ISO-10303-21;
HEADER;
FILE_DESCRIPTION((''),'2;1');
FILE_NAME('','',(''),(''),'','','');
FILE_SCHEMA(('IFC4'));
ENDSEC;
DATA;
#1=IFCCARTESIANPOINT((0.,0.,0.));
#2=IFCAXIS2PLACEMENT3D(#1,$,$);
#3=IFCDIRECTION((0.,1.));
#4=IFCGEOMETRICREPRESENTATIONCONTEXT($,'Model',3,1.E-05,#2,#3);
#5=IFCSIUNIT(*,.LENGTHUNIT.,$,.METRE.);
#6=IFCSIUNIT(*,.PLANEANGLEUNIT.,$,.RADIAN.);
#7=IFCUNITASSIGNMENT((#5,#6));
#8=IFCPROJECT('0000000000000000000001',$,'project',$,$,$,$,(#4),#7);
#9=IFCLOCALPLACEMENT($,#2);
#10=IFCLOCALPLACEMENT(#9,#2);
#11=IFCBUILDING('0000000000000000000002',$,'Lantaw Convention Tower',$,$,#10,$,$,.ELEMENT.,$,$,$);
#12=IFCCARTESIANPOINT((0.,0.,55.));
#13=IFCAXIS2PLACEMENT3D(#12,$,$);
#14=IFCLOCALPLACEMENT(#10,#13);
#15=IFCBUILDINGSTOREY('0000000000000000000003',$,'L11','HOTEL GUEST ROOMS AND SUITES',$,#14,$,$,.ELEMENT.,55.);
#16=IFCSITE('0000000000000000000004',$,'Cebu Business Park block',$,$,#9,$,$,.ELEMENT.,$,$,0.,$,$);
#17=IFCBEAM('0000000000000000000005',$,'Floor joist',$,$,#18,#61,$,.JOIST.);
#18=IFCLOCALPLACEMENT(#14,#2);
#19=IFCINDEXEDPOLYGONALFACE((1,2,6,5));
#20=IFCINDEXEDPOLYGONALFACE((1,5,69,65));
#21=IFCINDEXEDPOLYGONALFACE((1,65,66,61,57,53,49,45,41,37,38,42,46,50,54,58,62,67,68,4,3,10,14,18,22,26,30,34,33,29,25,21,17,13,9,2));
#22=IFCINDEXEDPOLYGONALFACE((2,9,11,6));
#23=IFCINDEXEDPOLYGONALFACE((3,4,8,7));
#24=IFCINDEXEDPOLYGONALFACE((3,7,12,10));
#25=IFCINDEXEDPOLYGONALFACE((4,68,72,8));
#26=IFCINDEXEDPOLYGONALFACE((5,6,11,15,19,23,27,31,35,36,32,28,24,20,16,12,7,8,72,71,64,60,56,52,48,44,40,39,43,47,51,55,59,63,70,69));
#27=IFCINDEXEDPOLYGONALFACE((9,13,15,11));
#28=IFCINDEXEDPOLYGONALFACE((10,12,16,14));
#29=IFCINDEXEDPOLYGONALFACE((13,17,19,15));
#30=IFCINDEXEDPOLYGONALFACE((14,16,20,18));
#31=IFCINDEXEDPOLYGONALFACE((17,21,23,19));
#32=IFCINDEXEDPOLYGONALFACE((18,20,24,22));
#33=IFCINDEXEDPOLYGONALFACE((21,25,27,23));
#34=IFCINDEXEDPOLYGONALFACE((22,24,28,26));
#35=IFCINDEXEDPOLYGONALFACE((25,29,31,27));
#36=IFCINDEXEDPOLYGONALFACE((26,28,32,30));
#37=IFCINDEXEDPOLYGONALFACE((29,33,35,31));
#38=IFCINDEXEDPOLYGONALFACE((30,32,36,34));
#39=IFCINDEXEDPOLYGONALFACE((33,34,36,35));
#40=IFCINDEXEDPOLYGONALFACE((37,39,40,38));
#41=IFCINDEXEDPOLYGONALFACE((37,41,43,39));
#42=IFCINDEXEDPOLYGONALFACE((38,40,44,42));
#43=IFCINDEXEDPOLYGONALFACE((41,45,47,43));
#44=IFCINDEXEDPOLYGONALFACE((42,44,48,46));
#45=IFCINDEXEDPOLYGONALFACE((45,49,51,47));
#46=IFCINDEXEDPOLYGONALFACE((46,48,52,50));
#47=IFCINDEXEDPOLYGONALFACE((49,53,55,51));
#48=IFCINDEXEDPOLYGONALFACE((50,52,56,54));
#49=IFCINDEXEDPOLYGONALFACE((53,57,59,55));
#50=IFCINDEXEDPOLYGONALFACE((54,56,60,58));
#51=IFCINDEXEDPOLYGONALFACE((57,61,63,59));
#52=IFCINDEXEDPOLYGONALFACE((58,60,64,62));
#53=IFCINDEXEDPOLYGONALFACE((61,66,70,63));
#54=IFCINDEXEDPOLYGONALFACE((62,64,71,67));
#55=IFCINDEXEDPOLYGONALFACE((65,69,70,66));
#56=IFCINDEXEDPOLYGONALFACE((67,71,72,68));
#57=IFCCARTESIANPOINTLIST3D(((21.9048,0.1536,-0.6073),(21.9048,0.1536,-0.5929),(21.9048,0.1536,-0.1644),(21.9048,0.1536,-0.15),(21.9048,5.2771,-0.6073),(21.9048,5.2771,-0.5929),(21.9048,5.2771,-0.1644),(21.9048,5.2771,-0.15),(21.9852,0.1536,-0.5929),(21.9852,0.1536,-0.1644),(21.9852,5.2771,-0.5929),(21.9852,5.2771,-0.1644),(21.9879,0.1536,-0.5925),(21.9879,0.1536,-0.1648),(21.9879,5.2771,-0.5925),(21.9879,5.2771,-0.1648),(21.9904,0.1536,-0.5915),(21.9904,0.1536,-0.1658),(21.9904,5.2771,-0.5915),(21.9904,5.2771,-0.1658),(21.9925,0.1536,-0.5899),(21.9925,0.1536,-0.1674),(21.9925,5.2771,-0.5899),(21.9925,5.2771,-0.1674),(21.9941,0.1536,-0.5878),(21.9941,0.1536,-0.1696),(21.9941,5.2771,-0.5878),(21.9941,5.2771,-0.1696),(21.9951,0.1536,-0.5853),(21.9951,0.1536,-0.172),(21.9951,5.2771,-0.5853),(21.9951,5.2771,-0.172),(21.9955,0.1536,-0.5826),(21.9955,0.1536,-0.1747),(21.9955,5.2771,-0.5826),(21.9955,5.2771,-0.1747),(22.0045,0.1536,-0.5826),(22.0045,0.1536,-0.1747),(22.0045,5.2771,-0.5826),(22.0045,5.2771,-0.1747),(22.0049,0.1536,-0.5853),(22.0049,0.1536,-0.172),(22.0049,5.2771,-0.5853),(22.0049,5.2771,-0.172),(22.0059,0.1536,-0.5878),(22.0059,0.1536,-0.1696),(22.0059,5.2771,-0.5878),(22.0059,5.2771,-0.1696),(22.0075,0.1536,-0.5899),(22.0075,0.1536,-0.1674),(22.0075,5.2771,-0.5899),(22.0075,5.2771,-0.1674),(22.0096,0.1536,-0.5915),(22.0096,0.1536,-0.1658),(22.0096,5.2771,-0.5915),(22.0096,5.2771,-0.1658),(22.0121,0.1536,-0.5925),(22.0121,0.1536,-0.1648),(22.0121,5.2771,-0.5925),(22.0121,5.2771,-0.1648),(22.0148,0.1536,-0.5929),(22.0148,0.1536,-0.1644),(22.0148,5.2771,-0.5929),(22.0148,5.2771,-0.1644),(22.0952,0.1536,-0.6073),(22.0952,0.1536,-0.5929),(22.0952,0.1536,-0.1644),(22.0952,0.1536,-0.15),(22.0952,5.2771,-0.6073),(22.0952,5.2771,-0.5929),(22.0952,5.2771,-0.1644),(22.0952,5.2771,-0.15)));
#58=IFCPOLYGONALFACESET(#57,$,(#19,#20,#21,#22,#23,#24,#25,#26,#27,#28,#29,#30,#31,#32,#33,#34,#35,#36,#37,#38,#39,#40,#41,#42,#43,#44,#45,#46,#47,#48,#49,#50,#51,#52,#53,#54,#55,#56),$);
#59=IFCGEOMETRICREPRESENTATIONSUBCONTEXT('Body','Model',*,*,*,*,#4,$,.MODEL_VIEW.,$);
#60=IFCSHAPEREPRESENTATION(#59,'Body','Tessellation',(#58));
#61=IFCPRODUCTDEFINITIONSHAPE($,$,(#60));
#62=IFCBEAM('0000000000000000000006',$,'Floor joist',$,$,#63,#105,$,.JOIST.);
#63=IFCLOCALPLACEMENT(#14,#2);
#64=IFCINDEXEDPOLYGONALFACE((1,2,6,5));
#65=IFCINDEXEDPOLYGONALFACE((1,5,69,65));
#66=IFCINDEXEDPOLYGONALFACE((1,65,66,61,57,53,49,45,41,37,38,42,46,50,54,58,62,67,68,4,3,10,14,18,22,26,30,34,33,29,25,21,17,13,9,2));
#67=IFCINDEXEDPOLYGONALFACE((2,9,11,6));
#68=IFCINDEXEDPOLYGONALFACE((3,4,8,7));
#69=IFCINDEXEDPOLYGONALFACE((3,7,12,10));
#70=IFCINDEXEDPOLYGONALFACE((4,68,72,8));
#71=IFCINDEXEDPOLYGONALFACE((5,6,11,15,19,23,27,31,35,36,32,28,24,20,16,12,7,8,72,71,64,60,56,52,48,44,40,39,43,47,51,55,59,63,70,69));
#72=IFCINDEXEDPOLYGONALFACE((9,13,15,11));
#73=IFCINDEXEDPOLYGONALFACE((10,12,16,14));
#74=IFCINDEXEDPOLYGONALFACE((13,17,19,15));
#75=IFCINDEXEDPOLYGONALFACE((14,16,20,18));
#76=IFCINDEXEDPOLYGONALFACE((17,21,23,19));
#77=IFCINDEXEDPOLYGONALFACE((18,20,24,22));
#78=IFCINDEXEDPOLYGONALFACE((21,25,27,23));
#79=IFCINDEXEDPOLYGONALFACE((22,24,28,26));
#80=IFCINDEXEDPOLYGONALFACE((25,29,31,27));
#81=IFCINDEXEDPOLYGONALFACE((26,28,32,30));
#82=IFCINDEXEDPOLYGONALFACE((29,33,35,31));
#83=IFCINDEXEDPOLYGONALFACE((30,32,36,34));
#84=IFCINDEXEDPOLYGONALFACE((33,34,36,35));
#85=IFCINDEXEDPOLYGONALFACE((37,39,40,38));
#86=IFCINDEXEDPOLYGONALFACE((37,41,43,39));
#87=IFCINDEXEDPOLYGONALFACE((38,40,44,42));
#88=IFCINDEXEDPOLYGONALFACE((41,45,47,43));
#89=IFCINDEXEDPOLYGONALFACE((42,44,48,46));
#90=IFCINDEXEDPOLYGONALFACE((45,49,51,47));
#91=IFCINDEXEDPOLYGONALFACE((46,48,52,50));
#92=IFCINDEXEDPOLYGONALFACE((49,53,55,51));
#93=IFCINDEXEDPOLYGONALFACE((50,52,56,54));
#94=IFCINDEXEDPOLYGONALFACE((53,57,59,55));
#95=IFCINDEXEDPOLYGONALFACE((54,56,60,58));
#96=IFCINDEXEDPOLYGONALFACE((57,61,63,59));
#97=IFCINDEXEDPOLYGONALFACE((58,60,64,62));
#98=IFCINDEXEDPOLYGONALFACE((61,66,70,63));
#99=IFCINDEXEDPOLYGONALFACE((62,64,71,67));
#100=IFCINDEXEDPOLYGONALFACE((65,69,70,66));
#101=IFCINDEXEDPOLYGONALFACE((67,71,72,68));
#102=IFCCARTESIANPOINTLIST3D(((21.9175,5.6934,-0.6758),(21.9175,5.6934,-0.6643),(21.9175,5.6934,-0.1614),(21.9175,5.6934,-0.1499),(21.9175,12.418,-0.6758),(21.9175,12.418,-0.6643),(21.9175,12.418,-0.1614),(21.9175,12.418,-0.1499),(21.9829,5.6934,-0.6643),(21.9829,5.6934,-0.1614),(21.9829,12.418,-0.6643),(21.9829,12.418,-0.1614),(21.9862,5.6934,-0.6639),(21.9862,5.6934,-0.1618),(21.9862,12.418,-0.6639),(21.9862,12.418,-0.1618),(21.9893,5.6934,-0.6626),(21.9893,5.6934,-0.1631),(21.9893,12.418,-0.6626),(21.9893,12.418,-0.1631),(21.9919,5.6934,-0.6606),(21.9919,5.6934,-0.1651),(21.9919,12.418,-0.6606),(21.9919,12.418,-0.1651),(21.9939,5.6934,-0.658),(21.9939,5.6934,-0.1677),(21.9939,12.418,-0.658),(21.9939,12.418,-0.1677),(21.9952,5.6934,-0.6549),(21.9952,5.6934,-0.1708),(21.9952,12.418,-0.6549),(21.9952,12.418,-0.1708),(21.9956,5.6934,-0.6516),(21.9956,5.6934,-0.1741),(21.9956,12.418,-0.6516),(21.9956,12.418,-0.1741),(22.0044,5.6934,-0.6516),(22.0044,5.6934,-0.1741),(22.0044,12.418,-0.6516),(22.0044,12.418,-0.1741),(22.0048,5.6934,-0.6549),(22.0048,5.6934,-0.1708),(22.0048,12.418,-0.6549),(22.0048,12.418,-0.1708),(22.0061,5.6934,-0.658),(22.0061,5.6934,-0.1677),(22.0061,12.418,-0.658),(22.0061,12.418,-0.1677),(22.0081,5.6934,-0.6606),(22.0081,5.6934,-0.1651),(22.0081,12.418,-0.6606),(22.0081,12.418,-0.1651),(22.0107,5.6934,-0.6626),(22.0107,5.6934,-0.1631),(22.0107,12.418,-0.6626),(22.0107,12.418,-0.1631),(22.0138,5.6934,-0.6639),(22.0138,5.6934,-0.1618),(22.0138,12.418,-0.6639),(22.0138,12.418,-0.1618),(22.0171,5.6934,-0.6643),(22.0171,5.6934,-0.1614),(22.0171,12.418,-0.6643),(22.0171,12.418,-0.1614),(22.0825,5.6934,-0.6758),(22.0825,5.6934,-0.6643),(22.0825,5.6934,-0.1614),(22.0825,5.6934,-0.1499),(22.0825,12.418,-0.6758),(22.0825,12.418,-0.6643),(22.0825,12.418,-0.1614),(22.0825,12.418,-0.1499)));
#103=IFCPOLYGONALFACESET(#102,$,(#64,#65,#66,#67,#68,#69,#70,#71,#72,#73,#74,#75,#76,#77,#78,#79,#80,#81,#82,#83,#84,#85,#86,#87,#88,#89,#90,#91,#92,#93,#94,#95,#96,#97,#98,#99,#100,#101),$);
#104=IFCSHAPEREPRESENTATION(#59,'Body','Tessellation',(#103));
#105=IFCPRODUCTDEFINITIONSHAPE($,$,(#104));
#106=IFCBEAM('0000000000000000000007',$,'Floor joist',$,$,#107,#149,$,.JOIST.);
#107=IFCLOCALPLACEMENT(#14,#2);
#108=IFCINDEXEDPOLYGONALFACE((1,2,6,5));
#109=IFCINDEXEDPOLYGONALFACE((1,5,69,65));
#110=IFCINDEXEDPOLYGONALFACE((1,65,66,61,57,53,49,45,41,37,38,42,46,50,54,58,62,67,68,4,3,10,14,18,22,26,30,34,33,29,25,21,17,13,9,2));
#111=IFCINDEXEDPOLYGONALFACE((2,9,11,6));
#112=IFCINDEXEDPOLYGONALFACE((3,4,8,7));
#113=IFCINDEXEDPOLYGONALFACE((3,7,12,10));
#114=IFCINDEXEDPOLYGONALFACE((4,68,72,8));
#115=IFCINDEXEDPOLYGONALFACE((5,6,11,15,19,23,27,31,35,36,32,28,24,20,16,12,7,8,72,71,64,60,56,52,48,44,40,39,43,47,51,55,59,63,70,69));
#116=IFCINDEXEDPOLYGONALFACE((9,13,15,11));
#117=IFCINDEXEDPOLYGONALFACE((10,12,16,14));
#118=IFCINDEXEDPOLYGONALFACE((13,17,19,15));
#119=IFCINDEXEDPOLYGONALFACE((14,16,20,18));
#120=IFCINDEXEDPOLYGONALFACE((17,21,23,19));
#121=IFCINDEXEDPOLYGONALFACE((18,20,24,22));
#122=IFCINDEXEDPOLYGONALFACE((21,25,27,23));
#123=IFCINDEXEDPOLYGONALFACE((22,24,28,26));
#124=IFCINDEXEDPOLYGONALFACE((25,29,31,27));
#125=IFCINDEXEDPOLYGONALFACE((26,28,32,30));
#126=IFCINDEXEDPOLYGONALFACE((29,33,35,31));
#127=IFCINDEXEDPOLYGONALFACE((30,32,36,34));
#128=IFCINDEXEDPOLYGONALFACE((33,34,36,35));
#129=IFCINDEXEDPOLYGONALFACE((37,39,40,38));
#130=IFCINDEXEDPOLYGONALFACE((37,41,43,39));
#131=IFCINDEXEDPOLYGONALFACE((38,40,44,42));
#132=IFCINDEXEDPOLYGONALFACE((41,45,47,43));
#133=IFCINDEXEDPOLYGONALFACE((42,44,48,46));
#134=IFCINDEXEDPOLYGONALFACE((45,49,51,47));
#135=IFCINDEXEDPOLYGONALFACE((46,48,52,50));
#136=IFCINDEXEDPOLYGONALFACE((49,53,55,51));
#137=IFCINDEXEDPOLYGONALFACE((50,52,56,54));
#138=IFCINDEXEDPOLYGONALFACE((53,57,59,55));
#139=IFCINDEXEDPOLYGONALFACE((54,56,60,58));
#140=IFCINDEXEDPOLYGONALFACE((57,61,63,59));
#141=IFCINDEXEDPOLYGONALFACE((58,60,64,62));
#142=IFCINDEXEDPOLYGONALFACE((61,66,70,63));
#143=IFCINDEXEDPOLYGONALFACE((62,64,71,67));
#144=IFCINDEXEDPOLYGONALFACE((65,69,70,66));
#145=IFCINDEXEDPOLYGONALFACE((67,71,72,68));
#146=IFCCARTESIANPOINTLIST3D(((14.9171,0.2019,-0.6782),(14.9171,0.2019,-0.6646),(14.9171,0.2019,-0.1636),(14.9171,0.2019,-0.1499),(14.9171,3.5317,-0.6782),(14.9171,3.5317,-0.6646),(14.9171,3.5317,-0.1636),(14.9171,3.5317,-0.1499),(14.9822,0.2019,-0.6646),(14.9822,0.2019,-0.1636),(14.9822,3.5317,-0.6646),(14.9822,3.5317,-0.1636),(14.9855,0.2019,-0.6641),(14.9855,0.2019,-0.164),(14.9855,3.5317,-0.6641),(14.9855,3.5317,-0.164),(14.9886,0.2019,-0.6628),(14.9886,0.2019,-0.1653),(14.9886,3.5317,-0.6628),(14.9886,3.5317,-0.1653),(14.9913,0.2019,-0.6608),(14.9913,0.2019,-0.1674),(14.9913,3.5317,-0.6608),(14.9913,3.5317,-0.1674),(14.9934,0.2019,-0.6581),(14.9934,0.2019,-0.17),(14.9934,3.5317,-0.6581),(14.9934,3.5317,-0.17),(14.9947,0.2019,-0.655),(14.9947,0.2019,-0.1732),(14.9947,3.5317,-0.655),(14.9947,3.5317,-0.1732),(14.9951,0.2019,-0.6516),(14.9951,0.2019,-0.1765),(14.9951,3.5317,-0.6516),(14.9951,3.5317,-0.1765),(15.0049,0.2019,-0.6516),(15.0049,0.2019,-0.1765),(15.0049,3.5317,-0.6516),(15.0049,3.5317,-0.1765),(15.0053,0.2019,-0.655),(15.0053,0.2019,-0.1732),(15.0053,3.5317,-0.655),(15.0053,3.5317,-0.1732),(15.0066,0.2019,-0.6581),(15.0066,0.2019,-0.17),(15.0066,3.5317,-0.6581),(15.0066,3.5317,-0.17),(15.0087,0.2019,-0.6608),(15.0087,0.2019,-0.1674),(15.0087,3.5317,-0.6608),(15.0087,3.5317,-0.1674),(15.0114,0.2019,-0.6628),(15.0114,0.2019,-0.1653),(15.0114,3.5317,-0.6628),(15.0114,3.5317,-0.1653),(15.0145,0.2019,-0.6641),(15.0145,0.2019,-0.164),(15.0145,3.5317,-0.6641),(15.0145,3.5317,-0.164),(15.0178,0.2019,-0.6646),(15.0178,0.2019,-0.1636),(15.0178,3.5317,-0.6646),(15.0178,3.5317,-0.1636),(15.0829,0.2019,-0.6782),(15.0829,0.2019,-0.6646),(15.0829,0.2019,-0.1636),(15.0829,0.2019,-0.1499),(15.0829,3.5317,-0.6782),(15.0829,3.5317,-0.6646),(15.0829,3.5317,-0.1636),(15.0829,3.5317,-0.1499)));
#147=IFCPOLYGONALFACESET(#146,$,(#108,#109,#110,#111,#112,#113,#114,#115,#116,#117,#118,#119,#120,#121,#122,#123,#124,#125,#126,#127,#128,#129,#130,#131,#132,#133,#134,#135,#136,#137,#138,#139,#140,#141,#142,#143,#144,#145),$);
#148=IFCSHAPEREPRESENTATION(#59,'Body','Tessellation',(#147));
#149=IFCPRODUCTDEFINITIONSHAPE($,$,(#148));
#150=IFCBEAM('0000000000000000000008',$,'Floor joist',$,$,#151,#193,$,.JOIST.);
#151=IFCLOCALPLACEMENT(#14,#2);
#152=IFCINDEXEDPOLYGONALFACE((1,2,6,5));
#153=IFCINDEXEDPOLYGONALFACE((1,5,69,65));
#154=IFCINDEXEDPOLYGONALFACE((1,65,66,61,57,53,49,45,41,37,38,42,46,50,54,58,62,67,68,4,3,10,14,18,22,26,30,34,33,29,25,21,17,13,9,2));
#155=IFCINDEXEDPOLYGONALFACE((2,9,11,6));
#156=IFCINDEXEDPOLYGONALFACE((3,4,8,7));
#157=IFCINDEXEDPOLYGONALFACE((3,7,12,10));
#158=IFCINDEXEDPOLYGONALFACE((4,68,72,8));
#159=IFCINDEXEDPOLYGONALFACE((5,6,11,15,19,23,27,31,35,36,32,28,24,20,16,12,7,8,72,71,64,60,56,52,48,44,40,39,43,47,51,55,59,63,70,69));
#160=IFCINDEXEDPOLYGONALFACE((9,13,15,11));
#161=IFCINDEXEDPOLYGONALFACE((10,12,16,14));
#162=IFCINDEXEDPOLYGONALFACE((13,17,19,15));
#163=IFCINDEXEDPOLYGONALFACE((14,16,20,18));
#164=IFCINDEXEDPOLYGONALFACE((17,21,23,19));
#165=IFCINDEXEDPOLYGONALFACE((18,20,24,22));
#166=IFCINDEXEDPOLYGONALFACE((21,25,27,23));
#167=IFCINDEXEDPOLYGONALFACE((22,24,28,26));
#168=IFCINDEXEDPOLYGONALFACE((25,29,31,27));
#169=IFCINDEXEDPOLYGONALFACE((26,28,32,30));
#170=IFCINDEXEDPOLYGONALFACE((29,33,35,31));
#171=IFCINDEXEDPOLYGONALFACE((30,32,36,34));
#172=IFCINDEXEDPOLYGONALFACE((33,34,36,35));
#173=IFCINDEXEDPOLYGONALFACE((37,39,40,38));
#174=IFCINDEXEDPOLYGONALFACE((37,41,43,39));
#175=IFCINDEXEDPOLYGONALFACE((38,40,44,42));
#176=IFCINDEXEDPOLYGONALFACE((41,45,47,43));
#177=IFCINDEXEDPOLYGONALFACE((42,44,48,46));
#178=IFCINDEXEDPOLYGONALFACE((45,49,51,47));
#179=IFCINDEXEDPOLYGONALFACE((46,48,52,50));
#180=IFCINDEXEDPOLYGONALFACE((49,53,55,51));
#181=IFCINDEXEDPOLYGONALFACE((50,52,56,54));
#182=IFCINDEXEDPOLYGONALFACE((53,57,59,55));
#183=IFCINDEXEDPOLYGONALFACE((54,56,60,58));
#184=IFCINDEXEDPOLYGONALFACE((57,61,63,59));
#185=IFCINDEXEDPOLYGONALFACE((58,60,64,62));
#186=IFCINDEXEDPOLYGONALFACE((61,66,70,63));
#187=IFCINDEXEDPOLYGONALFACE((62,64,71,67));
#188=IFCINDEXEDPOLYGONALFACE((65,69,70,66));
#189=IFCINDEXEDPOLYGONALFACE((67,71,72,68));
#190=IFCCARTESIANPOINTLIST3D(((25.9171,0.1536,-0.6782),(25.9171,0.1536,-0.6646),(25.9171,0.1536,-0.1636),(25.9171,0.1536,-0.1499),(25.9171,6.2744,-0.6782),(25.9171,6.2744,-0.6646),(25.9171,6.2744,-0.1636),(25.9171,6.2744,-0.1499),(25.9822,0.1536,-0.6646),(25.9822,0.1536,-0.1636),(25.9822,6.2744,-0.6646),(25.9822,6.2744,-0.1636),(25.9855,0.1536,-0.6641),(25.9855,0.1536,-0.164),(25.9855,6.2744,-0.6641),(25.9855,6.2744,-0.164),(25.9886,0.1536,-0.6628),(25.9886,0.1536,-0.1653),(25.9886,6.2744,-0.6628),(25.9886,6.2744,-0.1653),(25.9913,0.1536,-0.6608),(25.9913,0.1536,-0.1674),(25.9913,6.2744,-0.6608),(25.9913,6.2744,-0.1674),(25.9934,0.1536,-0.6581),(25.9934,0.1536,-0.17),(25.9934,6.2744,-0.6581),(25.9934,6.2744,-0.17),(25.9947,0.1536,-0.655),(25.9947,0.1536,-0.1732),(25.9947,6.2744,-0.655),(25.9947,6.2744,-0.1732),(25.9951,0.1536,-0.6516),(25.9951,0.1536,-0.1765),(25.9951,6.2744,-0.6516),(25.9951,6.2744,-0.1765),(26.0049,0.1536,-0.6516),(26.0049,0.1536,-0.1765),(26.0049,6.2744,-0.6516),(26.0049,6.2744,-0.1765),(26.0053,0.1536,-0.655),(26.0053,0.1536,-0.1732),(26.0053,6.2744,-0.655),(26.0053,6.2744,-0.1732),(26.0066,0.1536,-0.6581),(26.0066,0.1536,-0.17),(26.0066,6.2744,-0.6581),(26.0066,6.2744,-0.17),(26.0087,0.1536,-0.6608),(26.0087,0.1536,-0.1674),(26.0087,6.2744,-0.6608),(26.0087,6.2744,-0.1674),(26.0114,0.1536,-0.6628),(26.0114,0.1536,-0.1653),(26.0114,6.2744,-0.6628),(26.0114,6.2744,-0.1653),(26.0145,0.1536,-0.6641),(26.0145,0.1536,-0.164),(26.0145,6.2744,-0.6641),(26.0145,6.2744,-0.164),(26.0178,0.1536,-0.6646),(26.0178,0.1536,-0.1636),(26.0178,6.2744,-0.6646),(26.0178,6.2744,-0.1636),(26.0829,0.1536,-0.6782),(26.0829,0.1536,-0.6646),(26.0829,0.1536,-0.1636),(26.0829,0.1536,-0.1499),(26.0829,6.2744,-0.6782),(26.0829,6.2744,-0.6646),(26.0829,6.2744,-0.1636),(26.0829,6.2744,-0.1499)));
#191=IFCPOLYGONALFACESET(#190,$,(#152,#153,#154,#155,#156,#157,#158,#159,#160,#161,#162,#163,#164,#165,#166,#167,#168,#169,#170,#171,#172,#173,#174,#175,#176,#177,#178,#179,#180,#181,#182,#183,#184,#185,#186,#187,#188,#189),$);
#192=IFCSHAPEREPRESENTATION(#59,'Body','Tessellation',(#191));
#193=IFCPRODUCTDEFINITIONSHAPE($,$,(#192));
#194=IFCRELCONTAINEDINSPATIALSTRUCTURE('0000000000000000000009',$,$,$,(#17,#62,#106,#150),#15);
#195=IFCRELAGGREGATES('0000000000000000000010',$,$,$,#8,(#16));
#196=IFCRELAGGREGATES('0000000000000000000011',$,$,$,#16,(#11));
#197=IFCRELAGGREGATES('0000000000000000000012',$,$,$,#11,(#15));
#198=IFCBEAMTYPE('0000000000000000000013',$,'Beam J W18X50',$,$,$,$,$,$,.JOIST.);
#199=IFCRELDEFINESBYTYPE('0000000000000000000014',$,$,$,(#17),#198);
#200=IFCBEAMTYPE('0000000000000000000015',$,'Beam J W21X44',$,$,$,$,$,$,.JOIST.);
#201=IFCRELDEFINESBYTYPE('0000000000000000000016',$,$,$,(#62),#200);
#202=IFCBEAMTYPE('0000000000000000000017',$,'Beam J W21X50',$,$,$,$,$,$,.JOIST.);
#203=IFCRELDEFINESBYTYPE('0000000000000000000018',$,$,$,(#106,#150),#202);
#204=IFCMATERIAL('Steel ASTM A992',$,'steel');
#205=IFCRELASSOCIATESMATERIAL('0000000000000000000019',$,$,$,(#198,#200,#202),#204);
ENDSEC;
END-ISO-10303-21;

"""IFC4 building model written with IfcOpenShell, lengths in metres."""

from ifc_helpers import new_model, si_unit, direction, frame, origin, origin_2d, place, context, subcontext, project, spatial, i_section, extrude, material, material_profile, profile_set, type_object, element, save


model = new_model("IFC4")

# Units and contexts
model_context = context("Model", 3, precision=1e-05, world=origin(), true_north=direction((0.0, 1.0)))
body_context = subcontext(model_context, "Body", "Model", "MODEL_VIEW")
ifc_project = project(units=[si_unit("LENGTHUNIT", "METRE"), si_unit("PLANEANGLEUNIT", "RADIAN")], contexts=[model_context])

# Site, building, storey
site_placement = place(None, origin())
site = spatial("IfcSite", under=ifc_project, at=site_placement, Name="Cebu Business Park block", CompositionType="ELEMENT", RefElevation=0.0)
building_placement = place(site_placement, origin())
building = spatial("IfcBuilding", under=site, at=building_placement, Name="Lantaw Convention Tower", CompositionType="ELEMENT")
storey_placement = place(building_placement, frame((0.0, 0.0, 55.0)))
storey = spatial("IfcBuildingStorey", under=building, at=storey_placement, Name="L11", Description="HOTEL GUEST ROOMS AND SUITES", CompositionType="ELEMENT", Elevation=55.0)

# Beams
ifc_material_1 = material(Name="Steel ASTM A992", Category="steel")
ifc_material_profile_1 = material_profile(ifc_material_1, i_section(OverallWidth=0.1904, OverallDepth=0.4573, WebThickness=0.009, FlangeThickness=0.0144, FilletRadius=0.0103, at=origin_2d()), Name="W18X50")
ifc_profile_set_1 = profile_set([ifc_material_profile_1], Name="Steel ASTM A992")
beam_type_1 = type_object("IfcBeamType", Name="Beam J W18X50", PredefinedType="JOIST", material=ifc_profile_set_1)
beam_1_placement = place(storey_placement, frame((22.0, 0.1536, -0.3787), z_axis=(0.0, 1.0, 0.0), x_axis=(-1.0, 0.0, 0.0)))
element("IfcBeam", 1, at=beam_1_placement, inside=storey, type_object=beam_type_1, Name="Floor joist", PredefinedType="JOIST", context=body_context, shape_type="SweptSolid", body=[
    extrude(i_section(OverallWidth=0.1904, OverallDepth=0.4573, WebThickness=0.009, FlangeThickness=0.0144, FilletRadius=0.0103, at=origin_2d()), origin(), (0.0, 0.0, 1.0), 5.1235),
])
ifc_material_profile_2 = material_profile(ifc_material_1, i_section(OverallWidth=0.165, OverallDepth=0.5259, WebThickness=0.0088, FlangeThickness=0.0115, FilletRadius=0.0127, at=origin_2d()), Name="W21X44")
ifc_profile_set_2 = profile_set([ifc_material_profile_2], Name="Steel ASTM A992")
beam_type_2 = type_object("IfcBeamType", Name="Beam J W21X44", PredefinedType="JOIST", material=ifc_profile_set_2)
beam_2_placement = place(storey_placement, frame((22.0, 5.6934, -0.4128), z_axis=(0.0, 1.0, 0.0), x_axis=(-1.0, 0.0, 0.0)))
element("IfcBeam", 2, at=beam_2_placement, inside=storey, type_object=beam_type_2, Name="Floor joist", PredefinedType="JOIST", context=body_context, shape_type="SweptSolid", body=[
    extrude(i_section(OverallWidth=0.165, OverallDepth=0.5259, WebThickness=0.0088, FlangeThickness=0.0115, FilletRadius=0.0127, at=origin_2d()), origin(), (0.0, 0.0, 1.0), 6.7246),
])
ifc_material_profile_3 = material_profile(ifc_material_1, i_section(OverallWidth=0.1658, OverallDepth=0.5283, WebThickness=0.0098, FlangeThickness=0.0137, FilletRadius=0.0129, at=origin_2d()), Name="W21X50")
ifc_profile_set_3 = profile_set([ifc_material_profile_3], Name="Steel ASTM A992")
beam_type_3 = type_object("IfcBeamType", Name="Beam J W21X50", PredefinedType="JOIST", material=ifc_profile_set_3)
beam_3_placement = place(storey_placement, frame((15.0, 0.2019, -0.4141), z_axis=(0.0, 1.0, 0.0), x_axis=(-1.0, 0.0, 0.0)))
element("IfcBeam", 3, at=beam_3_placement, inside=storey, type_object=beam_type_3, Name="Floor joist", PredefinedType="JOIST", context=body_context, shape_type="SweptSolid", body=[
    extrude(i_section(OverallWidth=0.1658, OverallDepth=0.5283, WebThickness=0.0098, FlangeThickness=0.0137, FilletRadius=0.0129, at=origin_2d()), origin(), (0.0, 0.0, 1.0), 3.3298),
])
beam_4_placement = place(storey_placement, frame((26.0, 0.1536, -0.4141), z_axis=(0.0, 1.0, 0.0), x_axis=(-1.0, 0.0, 0.0)))
element("IfcBeam", 4, at=beam_4_placement, inside=storey, type_object=beam_type_3, Name="Floor joist", PredefinedType="JOIST", context=body_context, shape_type="SweptSolid", body=[
    extrude(i_section(OverallWidth=0.1658, OverallDepth=0.5283, WebThickness=0.0098, FlangeThickness=0.0137, FilletRadius=0.0129, at=origin_2d()), origin(), (0.0, 0.0, 1.0), 6.1208),
])

save(model, "model.ifc")
